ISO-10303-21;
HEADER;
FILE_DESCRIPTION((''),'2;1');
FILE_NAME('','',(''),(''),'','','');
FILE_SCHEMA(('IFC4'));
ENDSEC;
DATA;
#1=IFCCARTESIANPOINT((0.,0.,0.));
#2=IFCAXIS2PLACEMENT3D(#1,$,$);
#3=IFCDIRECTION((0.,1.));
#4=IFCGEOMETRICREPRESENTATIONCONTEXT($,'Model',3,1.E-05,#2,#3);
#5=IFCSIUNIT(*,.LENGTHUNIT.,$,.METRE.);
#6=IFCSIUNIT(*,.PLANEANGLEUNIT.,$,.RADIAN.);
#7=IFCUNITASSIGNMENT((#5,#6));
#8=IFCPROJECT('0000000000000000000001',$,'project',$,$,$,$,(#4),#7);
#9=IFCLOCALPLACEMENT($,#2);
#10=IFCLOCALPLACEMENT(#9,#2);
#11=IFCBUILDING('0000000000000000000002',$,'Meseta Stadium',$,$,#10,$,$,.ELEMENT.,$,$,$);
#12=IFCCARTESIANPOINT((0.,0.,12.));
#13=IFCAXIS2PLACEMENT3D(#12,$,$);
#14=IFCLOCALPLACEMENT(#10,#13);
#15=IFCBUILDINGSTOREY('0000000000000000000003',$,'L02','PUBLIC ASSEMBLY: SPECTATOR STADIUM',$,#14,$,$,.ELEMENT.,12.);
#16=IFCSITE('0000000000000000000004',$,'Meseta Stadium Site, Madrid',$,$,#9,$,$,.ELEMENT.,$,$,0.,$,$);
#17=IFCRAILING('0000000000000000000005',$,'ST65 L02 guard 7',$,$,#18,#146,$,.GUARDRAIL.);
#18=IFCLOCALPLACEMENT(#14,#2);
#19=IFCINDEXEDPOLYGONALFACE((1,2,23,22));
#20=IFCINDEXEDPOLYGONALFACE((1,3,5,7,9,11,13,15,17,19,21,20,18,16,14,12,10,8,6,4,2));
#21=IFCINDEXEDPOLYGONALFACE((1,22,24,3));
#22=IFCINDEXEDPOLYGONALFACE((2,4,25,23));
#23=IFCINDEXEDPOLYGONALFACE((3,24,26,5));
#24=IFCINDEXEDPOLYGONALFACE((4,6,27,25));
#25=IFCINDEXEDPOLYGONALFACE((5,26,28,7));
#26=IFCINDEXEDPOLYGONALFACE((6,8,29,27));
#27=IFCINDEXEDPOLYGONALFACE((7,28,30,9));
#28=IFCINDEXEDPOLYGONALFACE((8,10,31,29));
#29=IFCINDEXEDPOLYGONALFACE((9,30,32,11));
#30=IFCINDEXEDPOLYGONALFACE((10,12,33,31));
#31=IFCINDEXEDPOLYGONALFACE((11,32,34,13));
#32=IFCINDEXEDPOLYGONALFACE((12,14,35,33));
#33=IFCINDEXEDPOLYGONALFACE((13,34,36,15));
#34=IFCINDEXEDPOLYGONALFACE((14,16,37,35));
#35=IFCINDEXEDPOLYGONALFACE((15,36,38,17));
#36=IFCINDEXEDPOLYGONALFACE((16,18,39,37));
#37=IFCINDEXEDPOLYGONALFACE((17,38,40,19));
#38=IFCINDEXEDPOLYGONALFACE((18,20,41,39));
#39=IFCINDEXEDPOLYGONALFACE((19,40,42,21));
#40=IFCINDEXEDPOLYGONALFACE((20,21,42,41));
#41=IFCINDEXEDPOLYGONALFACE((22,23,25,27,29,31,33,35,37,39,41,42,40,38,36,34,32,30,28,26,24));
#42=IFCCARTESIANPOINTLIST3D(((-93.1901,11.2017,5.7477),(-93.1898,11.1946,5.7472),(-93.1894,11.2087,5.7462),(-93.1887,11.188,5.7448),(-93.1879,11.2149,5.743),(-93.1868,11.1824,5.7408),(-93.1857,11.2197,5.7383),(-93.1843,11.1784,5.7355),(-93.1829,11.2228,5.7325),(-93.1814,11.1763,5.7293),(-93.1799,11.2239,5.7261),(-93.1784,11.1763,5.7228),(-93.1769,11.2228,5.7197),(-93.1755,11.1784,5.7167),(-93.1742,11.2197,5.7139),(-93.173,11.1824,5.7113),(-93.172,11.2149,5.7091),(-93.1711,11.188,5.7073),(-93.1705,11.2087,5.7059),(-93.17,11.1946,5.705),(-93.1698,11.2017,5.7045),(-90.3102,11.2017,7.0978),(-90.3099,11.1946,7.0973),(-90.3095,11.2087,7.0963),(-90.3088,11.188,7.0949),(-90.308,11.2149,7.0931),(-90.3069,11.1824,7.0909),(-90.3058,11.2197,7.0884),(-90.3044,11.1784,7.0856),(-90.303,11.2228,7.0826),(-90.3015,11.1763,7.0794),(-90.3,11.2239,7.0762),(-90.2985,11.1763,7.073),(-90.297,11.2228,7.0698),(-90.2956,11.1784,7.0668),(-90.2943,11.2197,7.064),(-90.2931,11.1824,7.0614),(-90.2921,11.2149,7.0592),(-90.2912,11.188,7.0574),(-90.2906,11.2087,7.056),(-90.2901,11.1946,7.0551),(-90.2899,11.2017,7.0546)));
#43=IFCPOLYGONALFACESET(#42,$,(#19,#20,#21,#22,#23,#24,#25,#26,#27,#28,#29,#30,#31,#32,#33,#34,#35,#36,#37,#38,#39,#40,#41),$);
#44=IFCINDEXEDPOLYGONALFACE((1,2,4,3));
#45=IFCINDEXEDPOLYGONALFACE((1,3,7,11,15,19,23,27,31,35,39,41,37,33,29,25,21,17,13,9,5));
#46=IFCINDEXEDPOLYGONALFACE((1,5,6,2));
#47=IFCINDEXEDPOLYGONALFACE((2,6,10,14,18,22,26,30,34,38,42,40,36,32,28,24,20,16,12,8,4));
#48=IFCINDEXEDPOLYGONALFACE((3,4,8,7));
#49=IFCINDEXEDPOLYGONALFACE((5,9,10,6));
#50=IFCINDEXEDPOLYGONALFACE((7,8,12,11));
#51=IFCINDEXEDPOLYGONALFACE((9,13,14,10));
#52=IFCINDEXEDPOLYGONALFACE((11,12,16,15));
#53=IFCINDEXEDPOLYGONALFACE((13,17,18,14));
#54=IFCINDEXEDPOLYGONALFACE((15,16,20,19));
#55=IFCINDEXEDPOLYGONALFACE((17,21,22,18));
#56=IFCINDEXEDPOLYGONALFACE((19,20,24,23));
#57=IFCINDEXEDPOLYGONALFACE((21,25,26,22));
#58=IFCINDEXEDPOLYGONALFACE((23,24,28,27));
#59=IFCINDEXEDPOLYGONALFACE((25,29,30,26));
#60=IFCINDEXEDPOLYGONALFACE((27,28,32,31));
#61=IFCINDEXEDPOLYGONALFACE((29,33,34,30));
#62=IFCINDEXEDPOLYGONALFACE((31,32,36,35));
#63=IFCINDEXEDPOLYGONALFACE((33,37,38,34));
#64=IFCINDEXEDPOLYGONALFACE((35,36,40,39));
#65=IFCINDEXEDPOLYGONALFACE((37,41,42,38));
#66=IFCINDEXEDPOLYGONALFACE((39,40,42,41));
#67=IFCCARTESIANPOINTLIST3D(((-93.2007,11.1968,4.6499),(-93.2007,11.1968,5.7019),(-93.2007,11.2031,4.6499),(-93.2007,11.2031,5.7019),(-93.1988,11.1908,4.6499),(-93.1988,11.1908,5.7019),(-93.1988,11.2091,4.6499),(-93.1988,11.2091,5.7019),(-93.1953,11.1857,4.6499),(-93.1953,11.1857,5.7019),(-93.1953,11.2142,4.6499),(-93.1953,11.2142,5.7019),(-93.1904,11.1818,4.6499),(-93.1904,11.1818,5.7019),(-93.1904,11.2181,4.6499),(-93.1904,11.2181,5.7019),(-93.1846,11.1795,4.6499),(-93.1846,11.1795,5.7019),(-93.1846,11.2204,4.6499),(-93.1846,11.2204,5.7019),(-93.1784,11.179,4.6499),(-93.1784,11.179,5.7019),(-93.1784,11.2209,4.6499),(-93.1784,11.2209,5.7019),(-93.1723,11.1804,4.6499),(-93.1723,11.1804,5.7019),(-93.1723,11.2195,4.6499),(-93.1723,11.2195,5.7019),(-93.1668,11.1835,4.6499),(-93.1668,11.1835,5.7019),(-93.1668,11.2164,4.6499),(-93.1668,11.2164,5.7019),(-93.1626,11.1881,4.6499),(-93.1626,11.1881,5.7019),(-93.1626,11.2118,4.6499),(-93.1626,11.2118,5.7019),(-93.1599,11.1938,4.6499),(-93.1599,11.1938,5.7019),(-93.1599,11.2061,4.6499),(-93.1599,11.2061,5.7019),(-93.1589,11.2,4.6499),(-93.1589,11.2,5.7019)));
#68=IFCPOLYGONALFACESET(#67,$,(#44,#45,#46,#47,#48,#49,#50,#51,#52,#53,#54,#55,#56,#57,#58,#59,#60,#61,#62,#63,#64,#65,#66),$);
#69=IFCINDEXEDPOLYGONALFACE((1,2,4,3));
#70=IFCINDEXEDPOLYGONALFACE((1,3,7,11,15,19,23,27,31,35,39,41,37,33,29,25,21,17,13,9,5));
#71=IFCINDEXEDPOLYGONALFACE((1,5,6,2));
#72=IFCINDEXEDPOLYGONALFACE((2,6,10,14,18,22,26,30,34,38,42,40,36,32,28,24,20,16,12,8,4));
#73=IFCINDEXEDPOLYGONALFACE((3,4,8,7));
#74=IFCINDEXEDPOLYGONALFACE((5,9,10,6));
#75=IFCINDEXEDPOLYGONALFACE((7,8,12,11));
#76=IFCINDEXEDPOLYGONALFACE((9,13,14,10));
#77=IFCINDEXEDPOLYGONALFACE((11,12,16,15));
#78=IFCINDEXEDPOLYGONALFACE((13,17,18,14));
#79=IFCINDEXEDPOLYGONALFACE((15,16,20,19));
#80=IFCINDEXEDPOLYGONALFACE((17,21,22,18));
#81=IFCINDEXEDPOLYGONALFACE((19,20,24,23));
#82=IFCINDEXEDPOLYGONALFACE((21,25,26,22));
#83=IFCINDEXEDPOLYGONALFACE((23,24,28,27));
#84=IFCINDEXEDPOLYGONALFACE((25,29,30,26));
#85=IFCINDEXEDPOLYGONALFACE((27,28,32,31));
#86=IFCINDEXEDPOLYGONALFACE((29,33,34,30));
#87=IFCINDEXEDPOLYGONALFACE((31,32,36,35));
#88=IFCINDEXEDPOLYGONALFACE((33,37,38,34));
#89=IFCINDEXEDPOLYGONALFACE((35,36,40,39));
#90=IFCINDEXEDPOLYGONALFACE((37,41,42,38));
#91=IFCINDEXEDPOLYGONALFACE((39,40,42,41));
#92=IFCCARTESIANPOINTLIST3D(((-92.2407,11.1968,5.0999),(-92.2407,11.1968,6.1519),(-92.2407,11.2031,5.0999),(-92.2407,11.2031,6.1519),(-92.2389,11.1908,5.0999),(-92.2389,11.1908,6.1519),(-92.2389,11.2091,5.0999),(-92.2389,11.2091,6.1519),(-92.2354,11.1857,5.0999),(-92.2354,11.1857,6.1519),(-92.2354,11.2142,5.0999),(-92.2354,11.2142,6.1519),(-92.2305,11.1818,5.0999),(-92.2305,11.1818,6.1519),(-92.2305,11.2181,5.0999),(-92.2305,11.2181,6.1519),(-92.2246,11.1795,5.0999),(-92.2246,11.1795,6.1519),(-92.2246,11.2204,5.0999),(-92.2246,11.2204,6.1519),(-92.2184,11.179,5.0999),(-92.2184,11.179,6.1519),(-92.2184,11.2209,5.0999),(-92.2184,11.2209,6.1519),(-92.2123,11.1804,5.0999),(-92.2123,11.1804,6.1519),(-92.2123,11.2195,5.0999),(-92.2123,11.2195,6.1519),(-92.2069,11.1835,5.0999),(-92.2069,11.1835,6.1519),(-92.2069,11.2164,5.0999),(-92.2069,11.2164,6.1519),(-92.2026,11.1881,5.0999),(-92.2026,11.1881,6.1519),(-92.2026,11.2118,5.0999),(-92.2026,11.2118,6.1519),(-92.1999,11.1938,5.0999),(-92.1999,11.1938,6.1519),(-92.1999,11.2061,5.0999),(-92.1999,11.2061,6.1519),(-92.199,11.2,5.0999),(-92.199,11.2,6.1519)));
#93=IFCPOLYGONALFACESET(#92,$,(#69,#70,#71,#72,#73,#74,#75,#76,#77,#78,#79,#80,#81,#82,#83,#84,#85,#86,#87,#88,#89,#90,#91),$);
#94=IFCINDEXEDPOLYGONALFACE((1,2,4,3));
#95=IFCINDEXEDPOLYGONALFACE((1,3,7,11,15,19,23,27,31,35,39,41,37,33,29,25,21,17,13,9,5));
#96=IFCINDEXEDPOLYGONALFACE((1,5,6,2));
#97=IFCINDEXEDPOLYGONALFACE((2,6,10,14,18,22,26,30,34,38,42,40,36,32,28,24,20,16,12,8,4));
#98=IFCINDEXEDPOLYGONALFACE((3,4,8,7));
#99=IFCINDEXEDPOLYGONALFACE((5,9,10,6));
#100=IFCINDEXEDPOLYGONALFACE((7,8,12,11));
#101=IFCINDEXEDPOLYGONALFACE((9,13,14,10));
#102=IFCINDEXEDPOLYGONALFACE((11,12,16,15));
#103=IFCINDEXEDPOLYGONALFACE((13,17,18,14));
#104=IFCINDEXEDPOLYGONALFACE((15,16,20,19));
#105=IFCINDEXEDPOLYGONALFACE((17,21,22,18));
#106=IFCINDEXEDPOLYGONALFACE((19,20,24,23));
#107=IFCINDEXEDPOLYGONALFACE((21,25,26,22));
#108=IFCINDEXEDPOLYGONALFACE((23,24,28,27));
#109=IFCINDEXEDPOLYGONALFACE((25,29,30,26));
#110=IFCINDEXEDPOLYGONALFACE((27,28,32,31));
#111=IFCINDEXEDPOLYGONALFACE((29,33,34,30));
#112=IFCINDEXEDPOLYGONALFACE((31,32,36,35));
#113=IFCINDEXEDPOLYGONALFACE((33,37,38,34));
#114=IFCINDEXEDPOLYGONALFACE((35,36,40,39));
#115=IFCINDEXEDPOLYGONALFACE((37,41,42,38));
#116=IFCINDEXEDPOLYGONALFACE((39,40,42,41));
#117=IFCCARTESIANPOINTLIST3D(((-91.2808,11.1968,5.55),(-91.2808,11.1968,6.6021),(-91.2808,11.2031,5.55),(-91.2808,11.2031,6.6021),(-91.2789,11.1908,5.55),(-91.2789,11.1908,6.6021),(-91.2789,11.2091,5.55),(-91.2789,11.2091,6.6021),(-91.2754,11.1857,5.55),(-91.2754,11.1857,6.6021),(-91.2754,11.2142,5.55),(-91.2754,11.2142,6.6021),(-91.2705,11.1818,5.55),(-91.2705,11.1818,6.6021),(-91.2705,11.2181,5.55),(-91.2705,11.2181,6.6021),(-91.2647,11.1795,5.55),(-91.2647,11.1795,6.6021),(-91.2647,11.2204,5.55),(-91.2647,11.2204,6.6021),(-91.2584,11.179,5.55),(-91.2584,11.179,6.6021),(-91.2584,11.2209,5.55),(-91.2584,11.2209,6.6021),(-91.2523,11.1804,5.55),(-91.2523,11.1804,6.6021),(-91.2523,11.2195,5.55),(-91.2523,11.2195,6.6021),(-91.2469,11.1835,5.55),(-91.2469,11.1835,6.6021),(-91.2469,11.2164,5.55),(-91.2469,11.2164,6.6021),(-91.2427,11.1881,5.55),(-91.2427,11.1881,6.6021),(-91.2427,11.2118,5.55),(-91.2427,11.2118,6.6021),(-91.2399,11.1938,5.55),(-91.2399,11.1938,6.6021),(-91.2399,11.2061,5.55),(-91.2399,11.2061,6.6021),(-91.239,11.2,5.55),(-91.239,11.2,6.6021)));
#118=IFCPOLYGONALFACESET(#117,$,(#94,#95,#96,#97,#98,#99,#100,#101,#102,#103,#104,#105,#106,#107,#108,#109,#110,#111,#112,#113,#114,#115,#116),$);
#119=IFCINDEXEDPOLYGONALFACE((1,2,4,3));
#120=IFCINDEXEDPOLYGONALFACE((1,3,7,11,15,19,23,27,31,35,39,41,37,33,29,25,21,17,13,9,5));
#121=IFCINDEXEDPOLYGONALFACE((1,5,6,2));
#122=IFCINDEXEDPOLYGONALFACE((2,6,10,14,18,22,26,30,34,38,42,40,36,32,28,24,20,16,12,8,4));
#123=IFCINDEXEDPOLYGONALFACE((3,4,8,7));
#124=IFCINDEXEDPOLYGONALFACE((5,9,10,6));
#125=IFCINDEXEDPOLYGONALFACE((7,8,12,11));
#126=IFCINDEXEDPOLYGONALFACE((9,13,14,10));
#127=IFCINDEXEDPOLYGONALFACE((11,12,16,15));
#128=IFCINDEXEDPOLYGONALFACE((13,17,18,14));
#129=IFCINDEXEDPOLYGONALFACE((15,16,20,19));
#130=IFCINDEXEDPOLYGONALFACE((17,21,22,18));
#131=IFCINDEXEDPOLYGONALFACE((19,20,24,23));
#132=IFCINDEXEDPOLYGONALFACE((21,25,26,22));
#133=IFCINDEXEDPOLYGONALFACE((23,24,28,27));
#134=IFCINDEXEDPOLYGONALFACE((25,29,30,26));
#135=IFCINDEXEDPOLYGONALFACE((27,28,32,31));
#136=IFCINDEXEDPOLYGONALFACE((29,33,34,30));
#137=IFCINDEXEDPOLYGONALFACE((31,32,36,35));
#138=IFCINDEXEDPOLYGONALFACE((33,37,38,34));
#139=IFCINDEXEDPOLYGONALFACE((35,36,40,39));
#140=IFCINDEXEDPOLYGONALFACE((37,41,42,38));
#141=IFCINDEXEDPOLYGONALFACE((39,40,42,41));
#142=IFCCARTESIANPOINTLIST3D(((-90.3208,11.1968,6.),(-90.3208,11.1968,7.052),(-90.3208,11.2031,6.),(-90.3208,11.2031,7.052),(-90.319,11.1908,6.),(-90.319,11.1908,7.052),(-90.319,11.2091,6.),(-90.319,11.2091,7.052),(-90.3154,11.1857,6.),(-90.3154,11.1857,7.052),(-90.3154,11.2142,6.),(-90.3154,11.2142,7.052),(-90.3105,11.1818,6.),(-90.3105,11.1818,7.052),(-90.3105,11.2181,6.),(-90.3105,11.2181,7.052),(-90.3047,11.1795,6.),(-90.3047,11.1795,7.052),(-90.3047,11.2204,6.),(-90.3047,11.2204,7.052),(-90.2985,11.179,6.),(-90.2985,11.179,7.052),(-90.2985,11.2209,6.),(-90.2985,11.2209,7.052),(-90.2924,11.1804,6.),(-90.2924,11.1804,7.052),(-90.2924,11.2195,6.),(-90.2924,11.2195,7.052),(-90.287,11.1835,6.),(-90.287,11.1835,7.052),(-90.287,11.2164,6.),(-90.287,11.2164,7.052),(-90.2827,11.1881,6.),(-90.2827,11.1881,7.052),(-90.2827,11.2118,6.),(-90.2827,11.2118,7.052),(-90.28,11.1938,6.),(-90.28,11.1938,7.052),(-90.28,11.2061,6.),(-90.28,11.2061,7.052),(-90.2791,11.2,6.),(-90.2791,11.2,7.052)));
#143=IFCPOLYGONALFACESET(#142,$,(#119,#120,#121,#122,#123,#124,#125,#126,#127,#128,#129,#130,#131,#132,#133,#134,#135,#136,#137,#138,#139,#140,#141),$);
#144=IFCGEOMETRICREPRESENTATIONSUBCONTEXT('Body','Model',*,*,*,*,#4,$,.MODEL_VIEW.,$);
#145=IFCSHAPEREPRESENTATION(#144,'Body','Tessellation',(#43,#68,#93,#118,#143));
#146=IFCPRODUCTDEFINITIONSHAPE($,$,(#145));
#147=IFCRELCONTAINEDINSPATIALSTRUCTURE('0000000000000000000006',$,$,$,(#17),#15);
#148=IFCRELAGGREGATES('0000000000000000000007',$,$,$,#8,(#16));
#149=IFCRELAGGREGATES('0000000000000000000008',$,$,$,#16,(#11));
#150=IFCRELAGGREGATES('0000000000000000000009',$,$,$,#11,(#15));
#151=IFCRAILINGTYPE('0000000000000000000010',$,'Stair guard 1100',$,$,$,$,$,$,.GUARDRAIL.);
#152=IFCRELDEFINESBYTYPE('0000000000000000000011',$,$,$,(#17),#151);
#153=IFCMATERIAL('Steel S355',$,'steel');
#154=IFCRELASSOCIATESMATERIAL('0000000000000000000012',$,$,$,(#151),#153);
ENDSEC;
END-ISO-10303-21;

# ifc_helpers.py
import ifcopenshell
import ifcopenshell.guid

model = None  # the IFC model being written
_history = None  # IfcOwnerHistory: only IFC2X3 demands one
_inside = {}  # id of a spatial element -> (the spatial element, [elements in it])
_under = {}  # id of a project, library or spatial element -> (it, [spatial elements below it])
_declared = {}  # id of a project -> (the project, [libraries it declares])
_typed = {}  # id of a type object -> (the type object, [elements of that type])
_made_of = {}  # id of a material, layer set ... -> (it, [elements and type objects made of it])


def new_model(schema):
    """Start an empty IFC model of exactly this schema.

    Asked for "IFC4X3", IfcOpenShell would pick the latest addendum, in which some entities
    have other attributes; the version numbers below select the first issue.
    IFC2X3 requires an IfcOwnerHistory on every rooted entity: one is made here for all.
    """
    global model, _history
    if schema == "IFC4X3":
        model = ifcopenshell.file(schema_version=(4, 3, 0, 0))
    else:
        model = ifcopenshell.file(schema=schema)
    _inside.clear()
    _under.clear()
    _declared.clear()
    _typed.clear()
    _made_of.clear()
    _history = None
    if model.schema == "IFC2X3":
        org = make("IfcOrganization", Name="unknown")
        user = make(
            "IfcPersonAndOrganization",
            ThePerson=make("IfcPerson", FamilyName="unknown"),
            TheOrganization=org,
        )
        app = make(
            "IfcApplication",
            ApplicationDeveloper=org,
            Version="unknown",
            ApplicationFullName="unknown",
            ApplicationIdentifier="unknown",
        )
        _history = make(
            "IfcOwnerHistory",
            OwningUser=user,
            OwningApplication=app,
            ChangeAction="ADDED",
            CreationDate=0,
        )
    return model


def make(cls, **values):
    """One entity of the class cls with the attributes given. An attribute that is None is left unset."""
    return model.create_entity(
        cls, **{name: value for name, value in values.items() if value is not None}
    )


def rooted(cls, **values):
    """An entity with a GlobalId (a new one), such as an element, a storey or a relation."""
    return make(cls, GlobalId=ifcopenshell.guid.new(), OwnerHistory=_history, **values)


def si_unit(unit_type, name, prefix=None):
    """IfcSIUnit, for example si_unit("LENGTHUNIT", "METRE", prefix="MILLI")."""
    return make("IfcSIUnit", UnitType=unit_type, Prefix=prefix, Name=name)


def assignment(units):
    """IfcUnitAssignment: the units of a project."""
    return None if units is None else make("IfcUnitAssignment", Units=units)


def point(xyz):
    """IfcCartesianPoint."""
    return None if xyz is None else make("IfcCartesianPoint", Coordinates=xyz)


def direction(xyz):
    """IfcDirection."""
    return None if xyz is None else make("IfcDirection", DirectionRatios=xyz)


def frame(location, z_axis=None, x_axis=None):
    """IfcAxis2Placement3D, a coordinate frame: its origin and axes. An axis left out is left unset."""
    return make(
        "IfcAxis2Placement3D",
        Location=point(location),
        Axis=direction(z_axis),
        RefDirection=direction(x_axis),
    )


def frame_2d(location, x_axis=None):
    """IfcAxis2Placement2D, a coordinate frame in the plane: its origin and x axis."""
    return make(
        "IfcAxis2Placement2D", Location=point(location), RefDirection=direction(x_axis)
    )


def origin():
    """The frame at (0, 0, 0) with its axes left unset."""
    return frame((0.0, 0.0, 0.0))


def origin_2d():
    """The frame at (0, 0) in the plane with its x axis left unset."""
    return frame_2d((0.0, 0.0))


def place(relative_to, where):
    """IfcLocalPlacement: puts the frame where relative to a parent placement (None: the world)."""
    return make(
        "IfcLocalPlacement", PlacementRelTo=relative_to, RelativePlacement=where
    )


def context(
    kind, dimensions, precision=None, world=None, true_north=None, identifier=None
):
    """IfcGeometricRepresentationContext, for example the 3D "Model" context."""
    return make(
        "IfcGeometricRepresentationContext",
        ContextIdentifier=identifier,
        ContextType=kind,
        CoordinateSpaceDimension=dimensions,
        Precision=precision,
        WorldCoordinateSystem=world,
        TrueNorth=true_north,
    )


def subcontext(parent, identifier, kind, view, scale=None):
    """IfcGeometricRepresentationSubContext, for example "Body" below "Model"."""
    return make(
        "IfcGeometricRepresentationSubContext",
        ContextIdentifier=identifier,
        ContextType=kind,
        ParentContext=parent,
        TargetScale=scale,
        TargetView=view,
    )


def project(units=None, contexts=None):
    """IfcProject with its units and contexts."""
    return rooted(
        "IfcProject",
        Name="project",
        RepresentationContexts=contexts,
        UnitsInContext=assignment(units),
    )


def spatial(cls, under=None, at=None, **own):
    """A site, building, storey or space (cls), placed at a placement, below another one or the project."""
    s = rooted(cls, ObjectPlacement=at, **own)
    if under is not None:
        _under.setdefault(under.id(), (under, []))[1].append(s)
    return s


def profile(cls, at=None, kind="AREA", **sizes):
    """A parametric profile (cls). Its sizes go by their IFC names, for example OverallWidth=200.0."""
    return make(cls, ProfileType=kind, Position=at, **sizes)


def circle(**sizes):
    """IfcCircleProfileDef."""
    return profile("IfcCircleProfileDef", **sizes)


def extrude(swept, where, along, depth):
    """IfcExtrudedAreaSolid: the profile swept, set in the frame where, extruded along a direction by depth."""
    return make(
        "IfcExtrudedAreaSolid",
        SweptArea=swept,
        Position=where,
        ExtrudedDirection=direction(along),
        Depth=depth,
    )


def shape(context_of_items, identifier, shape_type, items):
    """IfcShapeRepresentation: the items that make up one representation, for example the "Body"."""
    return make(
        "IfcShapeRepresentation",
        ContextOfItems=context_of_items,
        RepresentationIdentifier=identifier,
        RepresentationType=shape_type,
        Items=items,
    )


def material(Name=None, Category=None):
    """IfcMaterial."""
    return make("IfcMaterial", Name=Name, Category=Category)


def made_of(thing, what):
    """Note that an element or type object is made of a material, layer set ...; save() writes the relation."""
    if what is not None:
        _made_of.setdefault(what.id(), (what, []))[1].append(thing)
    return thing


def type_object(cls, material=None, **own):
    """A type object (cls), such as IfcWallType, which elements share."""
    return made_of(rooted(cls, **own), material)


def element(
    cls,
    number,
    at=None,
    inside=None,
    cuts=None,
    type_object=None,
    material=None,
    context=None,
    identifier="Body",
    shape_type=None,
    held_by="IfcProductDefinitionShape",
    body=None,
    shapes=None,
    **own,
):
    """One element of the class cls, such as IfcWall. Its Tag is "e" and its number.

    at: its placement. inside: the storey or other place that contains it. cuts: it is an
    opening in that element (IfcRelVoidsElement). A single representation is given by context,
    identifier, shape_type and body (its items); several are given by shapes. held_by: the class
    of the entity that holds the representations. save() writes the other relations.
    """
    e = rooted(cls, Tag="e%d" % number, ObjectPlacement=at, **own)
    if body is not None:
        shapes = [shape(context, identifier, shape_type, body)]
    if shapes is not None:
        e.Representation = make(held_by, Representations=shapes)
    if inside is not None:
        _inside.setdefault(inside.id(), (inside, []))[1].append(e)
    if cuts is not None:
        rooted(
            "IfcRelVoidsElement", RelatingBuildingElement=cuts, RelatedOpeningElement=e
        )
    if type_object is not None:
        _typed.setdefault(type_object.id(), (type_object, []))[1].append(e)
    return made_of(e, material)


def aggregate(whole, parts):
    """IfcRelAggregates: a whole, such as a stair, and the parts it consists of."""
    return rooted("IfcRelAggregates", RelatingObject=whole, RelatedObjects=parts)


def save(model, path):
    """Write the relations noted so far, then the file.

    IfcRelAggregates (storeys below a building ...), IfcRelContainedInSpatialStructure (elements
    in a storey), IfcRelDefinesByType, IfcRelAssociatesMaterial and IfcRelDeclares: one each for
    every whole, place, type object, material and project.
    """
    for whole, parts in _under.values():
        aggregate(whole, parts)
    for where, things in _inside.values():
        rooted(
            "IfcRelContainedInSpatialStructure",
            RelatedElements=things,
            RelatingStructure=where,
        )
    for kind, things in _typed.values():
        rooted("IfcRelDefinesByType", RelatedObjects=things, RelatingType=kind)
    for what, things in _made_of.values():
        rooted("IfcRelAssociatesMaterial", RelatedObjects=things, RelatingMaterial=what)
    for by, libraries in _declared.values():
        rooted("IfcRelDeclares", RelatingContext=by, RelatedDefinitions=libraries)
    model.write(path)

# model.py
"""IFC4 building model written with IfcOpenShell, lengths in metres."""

from ifc_helpers import new_model, si_unit, direction, frame, origin, origin_2d, place, context, subcontext, project, spatial, circle, extrude, material, type_object, element, save


model = new_model("IFC4")

# Units and contexts
model_context = context("Model", 3, precision=1e-05, world=origin(), true_north=direction((0.0, 1.0)))
body_context = subcontext(model_context, "Body", "Model", "MODEL_VIEW")
ifc_project = project(units=[si_unit("LENGTHUNIT", "METRE"), si_unit("PLANEANGLEUNIT", "RADIAN")], contexts=[model_context])

# Site, building, storey
site_placement = place(None, origin())
site = spatial("IfcSite", under=ifc_project, at=site_placement, Name="Meseta Stadium Site, Madrid", CompositionType="ELEMENT", RefElevation=0.0)
building_placement = place(site_placement, origin())
building = spatial("IfcBuilding", under=site, at=building_placement, Name="Meseta Stadium", CompositionType="ELEMENT")
storey_placement = place(building_placement, frame((0.0, 0.0, 12.0)))
storey = spatial("IfcBuildingStorey", under=building, at=storey_placement, Name="L02", Description="PUBLIC ASSEMBLY: SPECTATOR STADIUM", CompositionType="ELEMENT", Elevation=12.0)

# Railing
ifc_material_1 = material(Name="Steel S355", Category="steel")
railing_type_1 = type_object("IfcRailingType", Name="Stair guard 1100", PredefinedType="GUARDRAIL", material=ifc_material_1)
railing_1_placement = place(storey_placement, frame((-93.1799, 11.2, 4.6499)))
element("IfcRailing", 1, at=railing_1_placement, inside=storey, type_object=railing_type_1, Name="ST65 L02 guard 7", PredefinedType="GUARDRAIL", context=body_context, shape_type="SweptSolid", body=[
    extrude(circle(Radius=0.0239, at=origin_2d()), frame((0.0, 0.0, 1.0762), z_axis=(0.90544, 0.0, 0.424473), x_axis=(0.0, 1.0, 0.0)), (0.0, 0.0, 1.0), 3.1807),
    extrude(circle(Radius=0.021, at=origin_2d()), origin(), (0.0, 0.0, 1.0), 1.052),
    extrude(circle(Radius=0.021, at=origin_2d()), frame((0.96, 0.0, 0.45)), (0.0, 0.0, 1.0), 1.052),
    extrude(circle(Radius=0.021, at=origin_2d()), frame((1.9199, 0.0, 0.9001)), (0.0, 0.0, 1.0), 1.052),
    extrude(circle(Radius=0.021, at=origin_2d()), frame((2.8799, 0.0, 1.3501)), (0.0, 0.0, 1.0), 1.052),
])

save(model, "model.ifc")
